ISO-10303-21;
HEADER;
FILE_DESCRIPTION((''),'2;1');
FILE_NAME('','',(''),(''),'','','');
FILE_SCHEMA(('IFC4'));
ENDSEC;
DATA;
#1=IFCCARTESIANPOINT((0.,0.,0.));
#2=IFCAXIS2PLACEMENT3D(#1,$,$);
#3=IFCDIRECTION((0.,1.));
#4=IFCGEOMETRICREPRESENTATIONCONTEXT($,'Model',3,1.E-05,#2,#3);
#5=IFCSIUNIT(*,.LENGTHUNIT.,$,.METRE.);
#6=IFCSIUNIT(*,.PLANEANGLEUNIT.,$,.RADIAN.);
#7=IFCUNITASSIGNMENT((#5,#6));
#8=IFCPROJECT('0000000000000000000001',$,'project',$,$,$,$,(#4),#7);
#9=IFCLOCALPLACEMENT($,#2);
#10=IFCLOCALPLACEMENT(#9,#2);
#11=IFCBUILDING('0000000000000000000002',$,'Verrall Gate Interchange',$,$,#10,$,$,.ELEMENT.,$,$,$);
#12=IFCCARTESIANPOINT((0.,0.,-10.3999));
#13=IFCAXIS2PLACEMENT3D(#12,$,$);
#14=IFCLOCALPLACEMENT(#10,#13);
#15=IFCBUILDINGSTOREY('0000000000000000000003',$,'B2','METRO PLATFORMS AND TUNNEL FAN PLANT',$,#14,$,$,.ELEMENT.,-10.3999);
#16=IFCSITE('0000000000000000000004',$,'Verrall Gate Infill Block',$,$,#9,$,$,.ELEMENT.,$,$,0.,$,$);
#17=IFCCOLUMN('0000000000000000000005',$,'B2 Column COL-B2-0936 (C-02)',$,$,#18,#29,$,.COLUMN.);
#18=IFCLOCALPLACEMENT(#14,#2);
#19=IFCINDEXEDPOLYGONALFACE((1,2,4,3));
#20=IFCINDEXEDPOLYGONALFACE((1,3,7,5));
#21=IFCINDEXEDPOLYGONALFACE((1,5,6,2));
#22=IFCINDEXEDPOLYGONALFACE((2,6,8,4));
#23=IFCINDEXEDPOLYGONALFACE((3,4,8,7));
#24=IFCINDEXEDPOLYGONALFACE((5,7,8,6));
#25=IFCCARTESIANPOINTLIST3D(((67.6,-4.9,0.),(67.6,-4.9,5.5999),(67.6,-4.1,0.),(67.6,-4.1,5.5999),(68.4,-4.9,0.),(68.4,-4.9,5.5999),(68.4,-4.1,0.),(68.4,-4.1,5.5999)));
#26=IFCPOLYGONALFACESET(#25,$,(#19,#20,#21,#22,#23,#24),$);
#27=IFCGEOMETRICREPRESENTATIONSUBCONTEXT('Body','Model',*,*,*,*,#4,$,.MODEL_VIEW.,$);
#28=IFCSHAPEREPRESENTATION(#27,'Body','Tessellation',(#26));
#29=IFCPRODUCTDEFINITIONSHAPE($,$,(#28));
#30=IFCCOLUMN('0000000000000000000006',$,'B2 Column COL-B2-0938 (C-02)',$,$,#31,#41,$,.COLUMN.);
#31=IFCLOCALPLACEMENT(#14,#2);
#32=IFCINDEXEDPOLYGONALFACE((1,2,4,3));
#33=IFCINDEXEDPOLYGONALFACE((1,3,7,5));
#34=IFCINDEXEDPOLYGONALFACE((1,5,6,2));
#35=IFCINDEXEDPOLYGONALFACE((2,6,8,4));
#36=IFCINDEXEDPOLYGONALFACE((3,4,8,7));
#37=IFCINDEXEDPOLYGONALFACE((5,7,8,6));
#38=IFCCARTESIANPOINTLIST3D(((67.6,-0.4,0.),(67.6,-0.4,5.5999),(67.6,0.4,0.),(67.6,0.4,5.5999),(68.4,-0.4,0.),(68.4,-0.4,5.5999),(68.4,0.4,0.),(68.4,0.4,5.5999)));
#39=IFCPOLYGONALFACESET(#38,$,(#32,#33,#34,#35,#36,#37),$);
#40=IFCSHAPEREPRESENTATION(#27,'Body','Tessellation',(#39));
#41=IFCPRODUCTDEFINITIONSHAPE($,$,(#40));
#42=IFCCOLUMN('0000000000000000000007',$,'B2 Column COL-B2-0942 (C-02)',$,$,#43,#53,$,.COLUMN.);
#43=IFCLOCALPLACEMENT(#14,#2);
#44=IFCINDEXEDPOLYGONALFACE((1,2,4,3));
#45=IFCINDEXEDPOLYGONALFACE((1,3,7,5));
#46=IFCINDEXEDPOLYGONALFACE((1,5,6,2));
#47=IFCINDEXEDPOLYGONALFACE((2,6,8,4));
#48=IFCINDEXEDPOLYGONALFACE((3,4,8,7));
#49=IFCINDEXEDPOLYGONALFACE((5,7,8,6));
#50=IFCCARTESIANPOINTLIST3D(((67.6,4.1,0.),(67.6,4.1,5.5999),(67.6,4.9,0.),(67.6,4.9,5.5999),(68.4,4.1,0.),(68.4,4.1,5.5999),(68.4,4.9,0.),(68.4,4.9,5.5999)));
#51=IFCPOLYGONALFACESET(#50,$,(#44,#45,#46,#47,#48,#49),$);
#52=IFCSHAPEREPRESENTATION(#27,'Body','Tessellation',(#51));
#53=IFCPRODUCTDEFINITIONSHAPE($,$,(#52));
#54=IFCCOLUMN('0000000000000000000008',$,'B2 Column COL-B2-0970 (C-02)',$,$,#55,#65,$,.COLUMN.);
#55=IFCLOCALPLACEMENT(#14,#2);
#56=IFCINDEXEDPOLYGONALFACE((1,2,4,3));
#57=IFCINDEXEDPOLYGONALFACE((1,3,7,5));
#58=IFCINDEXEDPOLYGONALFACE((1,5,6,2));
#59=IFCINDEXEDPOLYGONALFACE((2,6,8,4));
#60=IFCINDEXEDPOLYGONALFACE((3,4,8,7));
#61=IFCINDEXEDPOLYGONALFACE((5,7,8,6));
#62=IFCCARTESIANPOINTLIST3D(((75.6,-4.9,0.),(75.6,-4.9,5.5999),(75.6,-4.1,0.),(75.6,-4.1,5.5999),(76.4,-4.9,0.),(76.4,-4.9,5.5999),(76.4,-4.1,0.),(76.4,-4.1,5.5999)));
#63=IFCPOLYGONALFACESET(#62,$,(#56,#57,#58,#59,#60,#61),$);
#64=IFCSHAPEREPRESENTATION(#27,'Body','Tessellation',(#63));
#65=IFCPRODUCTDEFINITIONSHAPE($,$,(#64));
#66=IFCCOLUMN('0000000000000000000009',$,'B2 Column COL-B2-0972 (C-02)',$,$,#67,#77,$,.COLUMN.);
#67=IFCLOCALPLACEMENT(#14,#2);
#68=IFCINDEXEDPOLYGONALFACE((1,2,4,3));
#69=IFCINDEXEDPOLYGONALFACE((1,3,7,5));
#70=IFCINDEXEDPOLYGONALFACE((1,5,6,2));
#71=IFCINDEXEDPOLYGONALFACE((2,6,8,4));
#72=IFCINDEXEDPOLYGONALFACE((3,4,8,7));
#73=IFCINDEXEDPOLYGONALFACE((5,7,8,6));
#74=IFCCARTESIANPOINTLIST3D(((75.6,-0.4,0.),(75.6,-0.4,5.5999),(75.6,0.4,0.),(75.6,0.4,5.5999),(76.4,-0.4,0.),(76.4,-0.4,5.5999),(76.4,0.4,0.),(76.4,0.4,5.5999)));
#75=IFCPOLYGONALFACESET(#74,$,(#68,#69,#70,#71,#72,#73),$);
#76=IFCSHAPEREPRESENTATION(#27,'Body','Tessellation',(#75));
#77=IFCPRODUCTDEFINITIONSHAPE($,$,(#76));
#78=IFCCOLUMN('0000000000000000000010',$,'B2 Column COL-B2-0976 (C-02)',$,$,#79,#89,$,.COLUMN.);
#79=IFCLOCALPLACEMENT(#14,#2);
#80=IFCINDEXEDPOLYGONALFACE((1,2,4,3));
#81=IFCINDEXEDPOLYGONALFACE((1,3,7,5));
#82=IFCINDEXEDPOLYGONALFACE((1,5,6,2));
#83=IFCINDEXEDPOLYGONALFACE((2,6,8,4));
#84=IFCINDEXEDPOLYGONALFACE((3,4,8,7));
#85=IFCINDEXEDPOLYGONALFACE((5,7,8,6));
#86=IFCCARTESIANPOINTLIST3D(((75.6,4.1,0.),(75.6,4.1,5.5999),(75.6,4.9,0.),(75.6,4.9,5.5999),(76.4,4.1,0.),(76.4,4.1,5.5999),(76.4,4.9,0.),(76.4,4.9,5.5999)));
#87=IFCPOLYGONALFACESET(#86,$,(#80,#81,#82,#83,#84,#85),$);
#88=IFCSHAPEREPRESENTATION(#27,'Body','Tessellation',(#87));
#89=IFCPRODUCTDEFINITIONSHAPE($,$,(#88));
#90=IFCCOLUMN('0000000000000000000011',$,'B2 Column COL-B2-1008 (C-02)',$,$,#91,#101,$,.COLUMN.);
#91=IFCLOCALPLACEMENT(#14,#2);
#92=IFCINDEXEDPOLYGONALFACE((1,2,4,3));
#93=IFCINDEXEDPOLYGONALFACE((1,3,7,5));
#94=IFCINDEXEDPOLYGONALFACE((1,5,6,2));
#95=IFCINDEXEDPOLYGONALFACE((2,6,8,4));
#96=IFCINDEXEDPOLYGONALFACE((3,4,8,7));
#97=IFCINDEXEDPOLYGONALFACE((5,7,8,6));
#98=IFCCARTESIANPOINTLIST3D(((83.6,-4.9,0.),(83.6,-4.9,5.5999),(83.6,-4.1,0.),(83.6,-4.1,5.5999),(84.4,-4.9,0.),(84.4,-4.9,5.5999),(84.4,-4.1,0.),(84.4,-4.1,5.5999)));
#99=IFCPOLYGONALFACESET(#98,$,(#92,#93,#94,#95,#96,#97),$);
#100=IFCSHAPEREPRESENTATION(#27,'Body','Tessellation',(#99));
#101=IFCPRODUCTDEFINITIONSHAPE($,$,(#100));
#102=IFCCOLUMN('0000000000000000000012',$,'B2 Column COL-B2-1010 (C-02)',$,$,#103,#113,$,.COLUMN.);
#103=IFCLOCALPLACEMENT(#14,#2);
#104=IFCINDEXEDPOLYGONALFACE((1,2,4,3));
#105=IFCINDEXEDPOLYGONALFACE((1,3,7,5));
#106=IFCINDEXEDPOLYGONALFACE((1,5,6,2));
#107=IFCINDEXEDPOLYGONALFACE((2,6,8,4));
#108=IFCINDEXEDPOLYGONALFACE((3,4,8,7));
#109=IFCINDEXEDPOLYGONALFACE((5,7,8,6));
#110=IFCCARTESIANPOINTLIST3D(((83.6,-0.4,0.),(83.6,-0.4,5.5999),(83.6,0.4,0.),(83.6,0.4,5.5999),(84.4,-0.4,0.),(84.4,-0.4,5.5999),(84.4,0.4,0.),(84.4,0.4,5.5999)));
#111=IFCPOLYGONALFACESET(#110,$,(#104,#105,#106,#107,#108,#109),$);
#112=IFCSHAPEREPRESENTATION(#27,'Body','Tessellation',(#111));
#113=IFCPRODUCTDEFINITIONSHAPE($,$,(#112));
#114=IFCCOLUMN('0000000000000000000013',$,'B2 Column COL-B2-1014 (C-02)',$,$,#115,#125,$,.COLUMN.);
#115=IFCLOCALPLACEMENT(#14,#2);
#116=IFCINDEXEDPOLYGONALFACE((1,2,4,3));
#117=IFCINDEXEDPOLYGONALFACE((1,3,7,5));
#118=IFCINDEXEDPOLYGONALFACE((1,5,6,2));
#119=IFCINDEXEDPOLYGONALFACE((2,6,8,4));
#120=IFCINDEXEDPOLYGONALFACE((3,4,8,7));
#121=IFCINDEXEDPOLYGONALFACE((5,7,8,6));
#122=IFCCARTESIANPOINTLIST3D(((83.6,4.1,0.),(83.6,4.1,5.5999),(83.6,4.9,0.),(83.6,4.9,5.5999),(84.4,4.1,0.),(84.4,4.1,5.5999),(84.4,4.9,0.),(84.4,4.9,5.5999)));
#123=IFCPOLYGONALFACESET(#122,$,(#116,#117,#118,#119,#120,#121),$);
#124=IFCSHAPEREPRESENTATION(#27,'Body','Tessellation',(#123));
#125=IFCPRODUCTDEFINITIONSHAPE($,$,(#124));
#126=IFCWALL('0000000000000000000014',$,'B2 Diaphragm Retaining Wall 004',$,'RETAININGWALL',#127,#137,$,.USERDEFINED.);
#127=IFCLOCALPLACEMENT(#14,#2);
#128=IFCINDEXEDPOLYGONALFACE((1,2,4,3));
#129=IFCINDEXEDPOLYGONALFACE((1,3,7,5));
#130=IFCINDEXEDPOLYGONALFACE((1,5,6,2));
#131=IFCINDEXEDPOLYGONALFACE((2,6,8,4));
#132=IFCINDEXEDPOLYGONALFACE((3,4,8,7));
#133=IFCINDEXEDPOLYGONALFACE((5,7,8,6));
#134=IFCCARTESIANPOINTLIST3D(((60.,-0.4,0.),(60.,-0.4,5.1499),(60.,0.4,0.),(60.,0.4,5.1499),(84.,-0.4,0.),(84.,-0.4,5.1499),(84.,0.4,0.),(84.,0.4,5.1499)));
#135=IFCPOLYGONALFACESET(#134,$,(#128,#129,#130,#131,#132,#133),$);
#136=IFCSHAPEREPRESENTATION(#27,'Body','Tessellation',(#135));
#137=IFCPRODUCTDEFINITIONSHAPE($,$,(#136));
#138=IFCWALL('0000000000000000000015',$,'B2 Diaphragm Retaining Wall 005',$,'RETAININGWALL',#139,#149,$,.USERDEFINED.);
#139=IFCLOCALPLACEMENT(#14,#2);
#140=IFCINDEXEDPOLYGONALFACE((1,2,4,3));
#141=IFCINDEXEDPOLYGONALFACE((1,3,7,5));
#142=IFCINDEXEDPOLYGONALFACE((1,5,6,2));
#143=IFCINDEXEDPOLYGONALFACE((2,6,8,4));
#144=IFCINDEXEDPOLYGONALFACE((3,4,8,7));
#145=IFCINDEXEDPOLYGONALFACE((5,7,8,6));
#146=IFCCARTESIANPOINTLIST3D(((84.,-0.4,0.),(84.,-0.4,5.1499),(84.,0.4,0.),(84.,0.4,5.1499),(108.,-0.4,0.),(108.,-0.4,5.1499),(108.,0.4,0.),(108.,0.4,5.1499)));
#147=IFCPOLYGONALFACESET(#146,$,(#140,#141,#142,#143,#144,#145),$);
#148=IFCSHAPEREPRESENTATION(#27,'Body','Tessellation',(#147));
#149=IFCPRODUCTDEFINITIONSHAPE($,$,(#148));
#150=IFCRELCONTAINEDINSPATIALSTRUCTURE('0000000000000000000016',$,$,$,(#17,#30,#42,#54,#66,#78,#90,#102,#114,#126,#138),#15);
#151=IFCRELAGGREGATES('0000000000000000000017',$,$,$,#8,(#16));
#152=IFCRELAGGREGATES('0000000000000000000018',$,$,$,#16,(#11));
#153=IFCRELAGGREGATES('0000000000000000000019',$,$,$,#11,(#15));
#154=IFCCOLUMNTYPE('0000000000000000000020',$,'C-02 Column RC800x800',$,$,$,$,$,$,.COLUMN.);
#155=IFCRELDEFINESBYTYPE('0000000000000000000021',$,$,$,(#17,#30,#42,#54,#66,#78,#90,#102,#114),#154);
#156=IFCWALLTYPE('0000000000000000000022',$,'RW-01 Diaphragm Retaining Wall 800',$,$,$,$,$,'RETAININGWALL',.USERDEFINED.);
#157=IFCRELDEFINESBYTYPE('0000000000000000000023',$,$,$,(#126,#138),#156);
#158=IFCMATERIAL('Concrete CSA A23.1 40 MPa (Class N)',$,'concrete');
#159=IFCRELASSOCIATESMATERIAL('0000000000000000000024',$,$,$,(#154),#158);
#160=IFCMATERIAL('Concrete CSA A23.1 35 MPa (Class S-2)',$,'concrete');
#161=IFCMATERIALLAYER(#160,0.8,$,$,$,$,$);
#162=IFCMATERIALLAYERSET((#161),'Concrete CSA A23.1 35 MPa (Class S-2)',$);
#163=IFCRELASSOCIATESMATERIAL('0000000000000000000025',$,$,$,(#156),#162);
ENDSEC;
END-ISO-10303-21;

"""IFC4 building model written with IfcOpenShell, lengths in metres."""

from ifc_helpers import new_model, si_unit, direction, frame, frame_2d, origin, origin_2d, place, context, subcontext, project, spatial, rectangle, extrude, material, layer, layer_set, material_profile, profile_set, type_object, element, save


model = new_model("IFC4")

# Units and contexts
model_context = context("Model", 3, precision=1e-05, world=origin(), true_north=direction((0.0, 1.0)))
body_context = subcontext(model_context, "Body", "Model", "MODEL_VIEW")
ifc_project = project(units=[si_unit("LENGTHUNIT", "METRE"), si_unit("PLANEANGLEUNIT", "RADIAN")], contexts=[model_context])

# Site, building, storey
site_placement = place(None, origin())
site = spatial("IfcSite", under=ifc_project, at=site_placement, Name="Verrall Gate Infill Block", CompositionType="ELEMENT", RefElevation=0.0)
building_placement = place(site_placement, origin())
building = spatial("IfcBuilding", under=site, at=building_placement, Name="Verrall Gate Interchange", CompositionType="ELEMENT")
storey_placement = place(building_placement, frame((0.0, 0.0, -10.3999)))
storey = spatial("IfcBuildingStorey", under=building, at=storey_placement, Name="B2", Description="METRO PLATFORMS AND TUNNEL FAN PLANT", CompositionType="ELEMENT", Elevation=-10.3999)

# Columns
ifc_material_1 = material(Name="Concrete CSA A23.1 40 MPa (Class N)", Category="concrete")
ifc_material_profile_1 = material_profile(ifc_material_1, rectangle(XDim=0.8, YDim=0.8, at=origin_2d()), Name="RC800x800")
ifc_profile_set_1 = profile_set([ifc_material_profile_1], Name="Concrete CSA A23.1 40 MPa (Class N)")
column_type_1 = type_object("IfcColumnType", Name="C-02 Column RC800x800", PredefinedType="COLUMN", material=ifc_profile_set_1)
for number, where, z_axis, x_axis, name in (
    (1, (68.0, -4.5, 0.0), (0.0, 0.0, 1.0), (1.0, 0.0, 0.0), "B2 Column COL-B2-0936 (C-02)"),
    (2, (68.0, 0.0, 0.0), (0.0, 0.0, 1.0), (1.0, 0.0, 0.0), "B2 Column COL-B2-0938 (C-02)"),
    (3, (68.0, 4.5, 0.0), (0.0, 0.0, 1.0), (1.0, 0.0, 0.0), "B2 Column COL-B2-0942 (C-02)"),
    (4, (76.0, -4.5, 0.0), (0.0, 0.0, 1.0), (1.0, 0.0, 0.0), "B2 Column COL-B2-0970 (C-02)"),
    (5, (76.0, 0.0, 0.0), (0.0, 0.0, 1.0), (1.0, 0.0, 0.0), "B2 Column COL-B2-0972 (C-02)"),
    (6, (76.0, 4.5, 0.0), (0.0, 0.0, 1.0), (1.0, 0.0, 0.0), "B2 Column COL-B2-0976 (C-02)"),
    (7, (84.0, -4.5, 0.0), (0.0, 0.0, 1.0), (1.0, 0.0, 0.0), "B2 Column COL-B2-1008 (C-02)"),
    (8, (84.0, 0.0, 0.0), (0.0, 0.0, 1.0), (1.0, 0.0, 0.0), "B2 Column COL-B2-1010 (C-02)"),
    (9, (84.0, 4.5, 0.0), (0.0, 0.0, 1.0), (1.0, 0.0, 0.0), "B2 Column COL-B2-1014 (C-02)"),
):
    element("IfcColumn", number, at=place(storey_placement, frame(where, z_axis=z_axis, x_axis=x_axis)), inside=storey, type_object=column_type_1, Name=name, PredefinedType="COLUMN", context=body_context, shape_type="SweptSolid", body=[
        extrude(rectangle(XDim=0.8, YDim=0.8, at=origin_2d()), origin(), (0.0, 0.0, 1.0), 5.5999),
    ])

# Walls
ifc_material_2 = material(Name="Concrete CSA A23.1 35 MPa (Class S-2)", Category="concrete")
ifc_layer = layer(ifc_material_2, 0.8)
ifc_layer_set = layer_set([ifc_layer], Name="Concrete CSA A23.1 35 MPa (Class S-2)")
wall_type = type_object("IfcWallType", Name="RW-01 Diaphragm Retaining Wall 800", ElementType="RETAININGWALL", PredefinedType="USERDEFINED", material=ifc_layer_set)
for number, where, z_axis, x_axis, name in (
    (10, (60.0, 0.0, 0.0), (0.0, 0.0, 1.0), (1.0, 0.0, 0.0), "B2 Diaphragm Retaining Wall 004"),
    (11, (84.0, 0.0, 0.0), (0.0, 0.0, 1.0), (1.0, 0.0, 0.0), "B2 Diaphragm Retaining Wall 005"),
):
    element("IfcWall", number, at=place(storey_placement, frame(where, z_axis=z_axis, x_axis=x_axis)), inside=storey, type_object=wall_type, Name=name, ObjectType="RETAININGWALL", PredefinedType="USERDEFINED", context=body_context, shape_type="SweptSolid", body=[
        extrude(rectangle(XDim=24.0, YDim=0.8, at=frame_2d((12.0, 0.0))), origin(), (0.0, 0.0, 1.0), 5.1499),
    ])

save(model, "model.ifc")
